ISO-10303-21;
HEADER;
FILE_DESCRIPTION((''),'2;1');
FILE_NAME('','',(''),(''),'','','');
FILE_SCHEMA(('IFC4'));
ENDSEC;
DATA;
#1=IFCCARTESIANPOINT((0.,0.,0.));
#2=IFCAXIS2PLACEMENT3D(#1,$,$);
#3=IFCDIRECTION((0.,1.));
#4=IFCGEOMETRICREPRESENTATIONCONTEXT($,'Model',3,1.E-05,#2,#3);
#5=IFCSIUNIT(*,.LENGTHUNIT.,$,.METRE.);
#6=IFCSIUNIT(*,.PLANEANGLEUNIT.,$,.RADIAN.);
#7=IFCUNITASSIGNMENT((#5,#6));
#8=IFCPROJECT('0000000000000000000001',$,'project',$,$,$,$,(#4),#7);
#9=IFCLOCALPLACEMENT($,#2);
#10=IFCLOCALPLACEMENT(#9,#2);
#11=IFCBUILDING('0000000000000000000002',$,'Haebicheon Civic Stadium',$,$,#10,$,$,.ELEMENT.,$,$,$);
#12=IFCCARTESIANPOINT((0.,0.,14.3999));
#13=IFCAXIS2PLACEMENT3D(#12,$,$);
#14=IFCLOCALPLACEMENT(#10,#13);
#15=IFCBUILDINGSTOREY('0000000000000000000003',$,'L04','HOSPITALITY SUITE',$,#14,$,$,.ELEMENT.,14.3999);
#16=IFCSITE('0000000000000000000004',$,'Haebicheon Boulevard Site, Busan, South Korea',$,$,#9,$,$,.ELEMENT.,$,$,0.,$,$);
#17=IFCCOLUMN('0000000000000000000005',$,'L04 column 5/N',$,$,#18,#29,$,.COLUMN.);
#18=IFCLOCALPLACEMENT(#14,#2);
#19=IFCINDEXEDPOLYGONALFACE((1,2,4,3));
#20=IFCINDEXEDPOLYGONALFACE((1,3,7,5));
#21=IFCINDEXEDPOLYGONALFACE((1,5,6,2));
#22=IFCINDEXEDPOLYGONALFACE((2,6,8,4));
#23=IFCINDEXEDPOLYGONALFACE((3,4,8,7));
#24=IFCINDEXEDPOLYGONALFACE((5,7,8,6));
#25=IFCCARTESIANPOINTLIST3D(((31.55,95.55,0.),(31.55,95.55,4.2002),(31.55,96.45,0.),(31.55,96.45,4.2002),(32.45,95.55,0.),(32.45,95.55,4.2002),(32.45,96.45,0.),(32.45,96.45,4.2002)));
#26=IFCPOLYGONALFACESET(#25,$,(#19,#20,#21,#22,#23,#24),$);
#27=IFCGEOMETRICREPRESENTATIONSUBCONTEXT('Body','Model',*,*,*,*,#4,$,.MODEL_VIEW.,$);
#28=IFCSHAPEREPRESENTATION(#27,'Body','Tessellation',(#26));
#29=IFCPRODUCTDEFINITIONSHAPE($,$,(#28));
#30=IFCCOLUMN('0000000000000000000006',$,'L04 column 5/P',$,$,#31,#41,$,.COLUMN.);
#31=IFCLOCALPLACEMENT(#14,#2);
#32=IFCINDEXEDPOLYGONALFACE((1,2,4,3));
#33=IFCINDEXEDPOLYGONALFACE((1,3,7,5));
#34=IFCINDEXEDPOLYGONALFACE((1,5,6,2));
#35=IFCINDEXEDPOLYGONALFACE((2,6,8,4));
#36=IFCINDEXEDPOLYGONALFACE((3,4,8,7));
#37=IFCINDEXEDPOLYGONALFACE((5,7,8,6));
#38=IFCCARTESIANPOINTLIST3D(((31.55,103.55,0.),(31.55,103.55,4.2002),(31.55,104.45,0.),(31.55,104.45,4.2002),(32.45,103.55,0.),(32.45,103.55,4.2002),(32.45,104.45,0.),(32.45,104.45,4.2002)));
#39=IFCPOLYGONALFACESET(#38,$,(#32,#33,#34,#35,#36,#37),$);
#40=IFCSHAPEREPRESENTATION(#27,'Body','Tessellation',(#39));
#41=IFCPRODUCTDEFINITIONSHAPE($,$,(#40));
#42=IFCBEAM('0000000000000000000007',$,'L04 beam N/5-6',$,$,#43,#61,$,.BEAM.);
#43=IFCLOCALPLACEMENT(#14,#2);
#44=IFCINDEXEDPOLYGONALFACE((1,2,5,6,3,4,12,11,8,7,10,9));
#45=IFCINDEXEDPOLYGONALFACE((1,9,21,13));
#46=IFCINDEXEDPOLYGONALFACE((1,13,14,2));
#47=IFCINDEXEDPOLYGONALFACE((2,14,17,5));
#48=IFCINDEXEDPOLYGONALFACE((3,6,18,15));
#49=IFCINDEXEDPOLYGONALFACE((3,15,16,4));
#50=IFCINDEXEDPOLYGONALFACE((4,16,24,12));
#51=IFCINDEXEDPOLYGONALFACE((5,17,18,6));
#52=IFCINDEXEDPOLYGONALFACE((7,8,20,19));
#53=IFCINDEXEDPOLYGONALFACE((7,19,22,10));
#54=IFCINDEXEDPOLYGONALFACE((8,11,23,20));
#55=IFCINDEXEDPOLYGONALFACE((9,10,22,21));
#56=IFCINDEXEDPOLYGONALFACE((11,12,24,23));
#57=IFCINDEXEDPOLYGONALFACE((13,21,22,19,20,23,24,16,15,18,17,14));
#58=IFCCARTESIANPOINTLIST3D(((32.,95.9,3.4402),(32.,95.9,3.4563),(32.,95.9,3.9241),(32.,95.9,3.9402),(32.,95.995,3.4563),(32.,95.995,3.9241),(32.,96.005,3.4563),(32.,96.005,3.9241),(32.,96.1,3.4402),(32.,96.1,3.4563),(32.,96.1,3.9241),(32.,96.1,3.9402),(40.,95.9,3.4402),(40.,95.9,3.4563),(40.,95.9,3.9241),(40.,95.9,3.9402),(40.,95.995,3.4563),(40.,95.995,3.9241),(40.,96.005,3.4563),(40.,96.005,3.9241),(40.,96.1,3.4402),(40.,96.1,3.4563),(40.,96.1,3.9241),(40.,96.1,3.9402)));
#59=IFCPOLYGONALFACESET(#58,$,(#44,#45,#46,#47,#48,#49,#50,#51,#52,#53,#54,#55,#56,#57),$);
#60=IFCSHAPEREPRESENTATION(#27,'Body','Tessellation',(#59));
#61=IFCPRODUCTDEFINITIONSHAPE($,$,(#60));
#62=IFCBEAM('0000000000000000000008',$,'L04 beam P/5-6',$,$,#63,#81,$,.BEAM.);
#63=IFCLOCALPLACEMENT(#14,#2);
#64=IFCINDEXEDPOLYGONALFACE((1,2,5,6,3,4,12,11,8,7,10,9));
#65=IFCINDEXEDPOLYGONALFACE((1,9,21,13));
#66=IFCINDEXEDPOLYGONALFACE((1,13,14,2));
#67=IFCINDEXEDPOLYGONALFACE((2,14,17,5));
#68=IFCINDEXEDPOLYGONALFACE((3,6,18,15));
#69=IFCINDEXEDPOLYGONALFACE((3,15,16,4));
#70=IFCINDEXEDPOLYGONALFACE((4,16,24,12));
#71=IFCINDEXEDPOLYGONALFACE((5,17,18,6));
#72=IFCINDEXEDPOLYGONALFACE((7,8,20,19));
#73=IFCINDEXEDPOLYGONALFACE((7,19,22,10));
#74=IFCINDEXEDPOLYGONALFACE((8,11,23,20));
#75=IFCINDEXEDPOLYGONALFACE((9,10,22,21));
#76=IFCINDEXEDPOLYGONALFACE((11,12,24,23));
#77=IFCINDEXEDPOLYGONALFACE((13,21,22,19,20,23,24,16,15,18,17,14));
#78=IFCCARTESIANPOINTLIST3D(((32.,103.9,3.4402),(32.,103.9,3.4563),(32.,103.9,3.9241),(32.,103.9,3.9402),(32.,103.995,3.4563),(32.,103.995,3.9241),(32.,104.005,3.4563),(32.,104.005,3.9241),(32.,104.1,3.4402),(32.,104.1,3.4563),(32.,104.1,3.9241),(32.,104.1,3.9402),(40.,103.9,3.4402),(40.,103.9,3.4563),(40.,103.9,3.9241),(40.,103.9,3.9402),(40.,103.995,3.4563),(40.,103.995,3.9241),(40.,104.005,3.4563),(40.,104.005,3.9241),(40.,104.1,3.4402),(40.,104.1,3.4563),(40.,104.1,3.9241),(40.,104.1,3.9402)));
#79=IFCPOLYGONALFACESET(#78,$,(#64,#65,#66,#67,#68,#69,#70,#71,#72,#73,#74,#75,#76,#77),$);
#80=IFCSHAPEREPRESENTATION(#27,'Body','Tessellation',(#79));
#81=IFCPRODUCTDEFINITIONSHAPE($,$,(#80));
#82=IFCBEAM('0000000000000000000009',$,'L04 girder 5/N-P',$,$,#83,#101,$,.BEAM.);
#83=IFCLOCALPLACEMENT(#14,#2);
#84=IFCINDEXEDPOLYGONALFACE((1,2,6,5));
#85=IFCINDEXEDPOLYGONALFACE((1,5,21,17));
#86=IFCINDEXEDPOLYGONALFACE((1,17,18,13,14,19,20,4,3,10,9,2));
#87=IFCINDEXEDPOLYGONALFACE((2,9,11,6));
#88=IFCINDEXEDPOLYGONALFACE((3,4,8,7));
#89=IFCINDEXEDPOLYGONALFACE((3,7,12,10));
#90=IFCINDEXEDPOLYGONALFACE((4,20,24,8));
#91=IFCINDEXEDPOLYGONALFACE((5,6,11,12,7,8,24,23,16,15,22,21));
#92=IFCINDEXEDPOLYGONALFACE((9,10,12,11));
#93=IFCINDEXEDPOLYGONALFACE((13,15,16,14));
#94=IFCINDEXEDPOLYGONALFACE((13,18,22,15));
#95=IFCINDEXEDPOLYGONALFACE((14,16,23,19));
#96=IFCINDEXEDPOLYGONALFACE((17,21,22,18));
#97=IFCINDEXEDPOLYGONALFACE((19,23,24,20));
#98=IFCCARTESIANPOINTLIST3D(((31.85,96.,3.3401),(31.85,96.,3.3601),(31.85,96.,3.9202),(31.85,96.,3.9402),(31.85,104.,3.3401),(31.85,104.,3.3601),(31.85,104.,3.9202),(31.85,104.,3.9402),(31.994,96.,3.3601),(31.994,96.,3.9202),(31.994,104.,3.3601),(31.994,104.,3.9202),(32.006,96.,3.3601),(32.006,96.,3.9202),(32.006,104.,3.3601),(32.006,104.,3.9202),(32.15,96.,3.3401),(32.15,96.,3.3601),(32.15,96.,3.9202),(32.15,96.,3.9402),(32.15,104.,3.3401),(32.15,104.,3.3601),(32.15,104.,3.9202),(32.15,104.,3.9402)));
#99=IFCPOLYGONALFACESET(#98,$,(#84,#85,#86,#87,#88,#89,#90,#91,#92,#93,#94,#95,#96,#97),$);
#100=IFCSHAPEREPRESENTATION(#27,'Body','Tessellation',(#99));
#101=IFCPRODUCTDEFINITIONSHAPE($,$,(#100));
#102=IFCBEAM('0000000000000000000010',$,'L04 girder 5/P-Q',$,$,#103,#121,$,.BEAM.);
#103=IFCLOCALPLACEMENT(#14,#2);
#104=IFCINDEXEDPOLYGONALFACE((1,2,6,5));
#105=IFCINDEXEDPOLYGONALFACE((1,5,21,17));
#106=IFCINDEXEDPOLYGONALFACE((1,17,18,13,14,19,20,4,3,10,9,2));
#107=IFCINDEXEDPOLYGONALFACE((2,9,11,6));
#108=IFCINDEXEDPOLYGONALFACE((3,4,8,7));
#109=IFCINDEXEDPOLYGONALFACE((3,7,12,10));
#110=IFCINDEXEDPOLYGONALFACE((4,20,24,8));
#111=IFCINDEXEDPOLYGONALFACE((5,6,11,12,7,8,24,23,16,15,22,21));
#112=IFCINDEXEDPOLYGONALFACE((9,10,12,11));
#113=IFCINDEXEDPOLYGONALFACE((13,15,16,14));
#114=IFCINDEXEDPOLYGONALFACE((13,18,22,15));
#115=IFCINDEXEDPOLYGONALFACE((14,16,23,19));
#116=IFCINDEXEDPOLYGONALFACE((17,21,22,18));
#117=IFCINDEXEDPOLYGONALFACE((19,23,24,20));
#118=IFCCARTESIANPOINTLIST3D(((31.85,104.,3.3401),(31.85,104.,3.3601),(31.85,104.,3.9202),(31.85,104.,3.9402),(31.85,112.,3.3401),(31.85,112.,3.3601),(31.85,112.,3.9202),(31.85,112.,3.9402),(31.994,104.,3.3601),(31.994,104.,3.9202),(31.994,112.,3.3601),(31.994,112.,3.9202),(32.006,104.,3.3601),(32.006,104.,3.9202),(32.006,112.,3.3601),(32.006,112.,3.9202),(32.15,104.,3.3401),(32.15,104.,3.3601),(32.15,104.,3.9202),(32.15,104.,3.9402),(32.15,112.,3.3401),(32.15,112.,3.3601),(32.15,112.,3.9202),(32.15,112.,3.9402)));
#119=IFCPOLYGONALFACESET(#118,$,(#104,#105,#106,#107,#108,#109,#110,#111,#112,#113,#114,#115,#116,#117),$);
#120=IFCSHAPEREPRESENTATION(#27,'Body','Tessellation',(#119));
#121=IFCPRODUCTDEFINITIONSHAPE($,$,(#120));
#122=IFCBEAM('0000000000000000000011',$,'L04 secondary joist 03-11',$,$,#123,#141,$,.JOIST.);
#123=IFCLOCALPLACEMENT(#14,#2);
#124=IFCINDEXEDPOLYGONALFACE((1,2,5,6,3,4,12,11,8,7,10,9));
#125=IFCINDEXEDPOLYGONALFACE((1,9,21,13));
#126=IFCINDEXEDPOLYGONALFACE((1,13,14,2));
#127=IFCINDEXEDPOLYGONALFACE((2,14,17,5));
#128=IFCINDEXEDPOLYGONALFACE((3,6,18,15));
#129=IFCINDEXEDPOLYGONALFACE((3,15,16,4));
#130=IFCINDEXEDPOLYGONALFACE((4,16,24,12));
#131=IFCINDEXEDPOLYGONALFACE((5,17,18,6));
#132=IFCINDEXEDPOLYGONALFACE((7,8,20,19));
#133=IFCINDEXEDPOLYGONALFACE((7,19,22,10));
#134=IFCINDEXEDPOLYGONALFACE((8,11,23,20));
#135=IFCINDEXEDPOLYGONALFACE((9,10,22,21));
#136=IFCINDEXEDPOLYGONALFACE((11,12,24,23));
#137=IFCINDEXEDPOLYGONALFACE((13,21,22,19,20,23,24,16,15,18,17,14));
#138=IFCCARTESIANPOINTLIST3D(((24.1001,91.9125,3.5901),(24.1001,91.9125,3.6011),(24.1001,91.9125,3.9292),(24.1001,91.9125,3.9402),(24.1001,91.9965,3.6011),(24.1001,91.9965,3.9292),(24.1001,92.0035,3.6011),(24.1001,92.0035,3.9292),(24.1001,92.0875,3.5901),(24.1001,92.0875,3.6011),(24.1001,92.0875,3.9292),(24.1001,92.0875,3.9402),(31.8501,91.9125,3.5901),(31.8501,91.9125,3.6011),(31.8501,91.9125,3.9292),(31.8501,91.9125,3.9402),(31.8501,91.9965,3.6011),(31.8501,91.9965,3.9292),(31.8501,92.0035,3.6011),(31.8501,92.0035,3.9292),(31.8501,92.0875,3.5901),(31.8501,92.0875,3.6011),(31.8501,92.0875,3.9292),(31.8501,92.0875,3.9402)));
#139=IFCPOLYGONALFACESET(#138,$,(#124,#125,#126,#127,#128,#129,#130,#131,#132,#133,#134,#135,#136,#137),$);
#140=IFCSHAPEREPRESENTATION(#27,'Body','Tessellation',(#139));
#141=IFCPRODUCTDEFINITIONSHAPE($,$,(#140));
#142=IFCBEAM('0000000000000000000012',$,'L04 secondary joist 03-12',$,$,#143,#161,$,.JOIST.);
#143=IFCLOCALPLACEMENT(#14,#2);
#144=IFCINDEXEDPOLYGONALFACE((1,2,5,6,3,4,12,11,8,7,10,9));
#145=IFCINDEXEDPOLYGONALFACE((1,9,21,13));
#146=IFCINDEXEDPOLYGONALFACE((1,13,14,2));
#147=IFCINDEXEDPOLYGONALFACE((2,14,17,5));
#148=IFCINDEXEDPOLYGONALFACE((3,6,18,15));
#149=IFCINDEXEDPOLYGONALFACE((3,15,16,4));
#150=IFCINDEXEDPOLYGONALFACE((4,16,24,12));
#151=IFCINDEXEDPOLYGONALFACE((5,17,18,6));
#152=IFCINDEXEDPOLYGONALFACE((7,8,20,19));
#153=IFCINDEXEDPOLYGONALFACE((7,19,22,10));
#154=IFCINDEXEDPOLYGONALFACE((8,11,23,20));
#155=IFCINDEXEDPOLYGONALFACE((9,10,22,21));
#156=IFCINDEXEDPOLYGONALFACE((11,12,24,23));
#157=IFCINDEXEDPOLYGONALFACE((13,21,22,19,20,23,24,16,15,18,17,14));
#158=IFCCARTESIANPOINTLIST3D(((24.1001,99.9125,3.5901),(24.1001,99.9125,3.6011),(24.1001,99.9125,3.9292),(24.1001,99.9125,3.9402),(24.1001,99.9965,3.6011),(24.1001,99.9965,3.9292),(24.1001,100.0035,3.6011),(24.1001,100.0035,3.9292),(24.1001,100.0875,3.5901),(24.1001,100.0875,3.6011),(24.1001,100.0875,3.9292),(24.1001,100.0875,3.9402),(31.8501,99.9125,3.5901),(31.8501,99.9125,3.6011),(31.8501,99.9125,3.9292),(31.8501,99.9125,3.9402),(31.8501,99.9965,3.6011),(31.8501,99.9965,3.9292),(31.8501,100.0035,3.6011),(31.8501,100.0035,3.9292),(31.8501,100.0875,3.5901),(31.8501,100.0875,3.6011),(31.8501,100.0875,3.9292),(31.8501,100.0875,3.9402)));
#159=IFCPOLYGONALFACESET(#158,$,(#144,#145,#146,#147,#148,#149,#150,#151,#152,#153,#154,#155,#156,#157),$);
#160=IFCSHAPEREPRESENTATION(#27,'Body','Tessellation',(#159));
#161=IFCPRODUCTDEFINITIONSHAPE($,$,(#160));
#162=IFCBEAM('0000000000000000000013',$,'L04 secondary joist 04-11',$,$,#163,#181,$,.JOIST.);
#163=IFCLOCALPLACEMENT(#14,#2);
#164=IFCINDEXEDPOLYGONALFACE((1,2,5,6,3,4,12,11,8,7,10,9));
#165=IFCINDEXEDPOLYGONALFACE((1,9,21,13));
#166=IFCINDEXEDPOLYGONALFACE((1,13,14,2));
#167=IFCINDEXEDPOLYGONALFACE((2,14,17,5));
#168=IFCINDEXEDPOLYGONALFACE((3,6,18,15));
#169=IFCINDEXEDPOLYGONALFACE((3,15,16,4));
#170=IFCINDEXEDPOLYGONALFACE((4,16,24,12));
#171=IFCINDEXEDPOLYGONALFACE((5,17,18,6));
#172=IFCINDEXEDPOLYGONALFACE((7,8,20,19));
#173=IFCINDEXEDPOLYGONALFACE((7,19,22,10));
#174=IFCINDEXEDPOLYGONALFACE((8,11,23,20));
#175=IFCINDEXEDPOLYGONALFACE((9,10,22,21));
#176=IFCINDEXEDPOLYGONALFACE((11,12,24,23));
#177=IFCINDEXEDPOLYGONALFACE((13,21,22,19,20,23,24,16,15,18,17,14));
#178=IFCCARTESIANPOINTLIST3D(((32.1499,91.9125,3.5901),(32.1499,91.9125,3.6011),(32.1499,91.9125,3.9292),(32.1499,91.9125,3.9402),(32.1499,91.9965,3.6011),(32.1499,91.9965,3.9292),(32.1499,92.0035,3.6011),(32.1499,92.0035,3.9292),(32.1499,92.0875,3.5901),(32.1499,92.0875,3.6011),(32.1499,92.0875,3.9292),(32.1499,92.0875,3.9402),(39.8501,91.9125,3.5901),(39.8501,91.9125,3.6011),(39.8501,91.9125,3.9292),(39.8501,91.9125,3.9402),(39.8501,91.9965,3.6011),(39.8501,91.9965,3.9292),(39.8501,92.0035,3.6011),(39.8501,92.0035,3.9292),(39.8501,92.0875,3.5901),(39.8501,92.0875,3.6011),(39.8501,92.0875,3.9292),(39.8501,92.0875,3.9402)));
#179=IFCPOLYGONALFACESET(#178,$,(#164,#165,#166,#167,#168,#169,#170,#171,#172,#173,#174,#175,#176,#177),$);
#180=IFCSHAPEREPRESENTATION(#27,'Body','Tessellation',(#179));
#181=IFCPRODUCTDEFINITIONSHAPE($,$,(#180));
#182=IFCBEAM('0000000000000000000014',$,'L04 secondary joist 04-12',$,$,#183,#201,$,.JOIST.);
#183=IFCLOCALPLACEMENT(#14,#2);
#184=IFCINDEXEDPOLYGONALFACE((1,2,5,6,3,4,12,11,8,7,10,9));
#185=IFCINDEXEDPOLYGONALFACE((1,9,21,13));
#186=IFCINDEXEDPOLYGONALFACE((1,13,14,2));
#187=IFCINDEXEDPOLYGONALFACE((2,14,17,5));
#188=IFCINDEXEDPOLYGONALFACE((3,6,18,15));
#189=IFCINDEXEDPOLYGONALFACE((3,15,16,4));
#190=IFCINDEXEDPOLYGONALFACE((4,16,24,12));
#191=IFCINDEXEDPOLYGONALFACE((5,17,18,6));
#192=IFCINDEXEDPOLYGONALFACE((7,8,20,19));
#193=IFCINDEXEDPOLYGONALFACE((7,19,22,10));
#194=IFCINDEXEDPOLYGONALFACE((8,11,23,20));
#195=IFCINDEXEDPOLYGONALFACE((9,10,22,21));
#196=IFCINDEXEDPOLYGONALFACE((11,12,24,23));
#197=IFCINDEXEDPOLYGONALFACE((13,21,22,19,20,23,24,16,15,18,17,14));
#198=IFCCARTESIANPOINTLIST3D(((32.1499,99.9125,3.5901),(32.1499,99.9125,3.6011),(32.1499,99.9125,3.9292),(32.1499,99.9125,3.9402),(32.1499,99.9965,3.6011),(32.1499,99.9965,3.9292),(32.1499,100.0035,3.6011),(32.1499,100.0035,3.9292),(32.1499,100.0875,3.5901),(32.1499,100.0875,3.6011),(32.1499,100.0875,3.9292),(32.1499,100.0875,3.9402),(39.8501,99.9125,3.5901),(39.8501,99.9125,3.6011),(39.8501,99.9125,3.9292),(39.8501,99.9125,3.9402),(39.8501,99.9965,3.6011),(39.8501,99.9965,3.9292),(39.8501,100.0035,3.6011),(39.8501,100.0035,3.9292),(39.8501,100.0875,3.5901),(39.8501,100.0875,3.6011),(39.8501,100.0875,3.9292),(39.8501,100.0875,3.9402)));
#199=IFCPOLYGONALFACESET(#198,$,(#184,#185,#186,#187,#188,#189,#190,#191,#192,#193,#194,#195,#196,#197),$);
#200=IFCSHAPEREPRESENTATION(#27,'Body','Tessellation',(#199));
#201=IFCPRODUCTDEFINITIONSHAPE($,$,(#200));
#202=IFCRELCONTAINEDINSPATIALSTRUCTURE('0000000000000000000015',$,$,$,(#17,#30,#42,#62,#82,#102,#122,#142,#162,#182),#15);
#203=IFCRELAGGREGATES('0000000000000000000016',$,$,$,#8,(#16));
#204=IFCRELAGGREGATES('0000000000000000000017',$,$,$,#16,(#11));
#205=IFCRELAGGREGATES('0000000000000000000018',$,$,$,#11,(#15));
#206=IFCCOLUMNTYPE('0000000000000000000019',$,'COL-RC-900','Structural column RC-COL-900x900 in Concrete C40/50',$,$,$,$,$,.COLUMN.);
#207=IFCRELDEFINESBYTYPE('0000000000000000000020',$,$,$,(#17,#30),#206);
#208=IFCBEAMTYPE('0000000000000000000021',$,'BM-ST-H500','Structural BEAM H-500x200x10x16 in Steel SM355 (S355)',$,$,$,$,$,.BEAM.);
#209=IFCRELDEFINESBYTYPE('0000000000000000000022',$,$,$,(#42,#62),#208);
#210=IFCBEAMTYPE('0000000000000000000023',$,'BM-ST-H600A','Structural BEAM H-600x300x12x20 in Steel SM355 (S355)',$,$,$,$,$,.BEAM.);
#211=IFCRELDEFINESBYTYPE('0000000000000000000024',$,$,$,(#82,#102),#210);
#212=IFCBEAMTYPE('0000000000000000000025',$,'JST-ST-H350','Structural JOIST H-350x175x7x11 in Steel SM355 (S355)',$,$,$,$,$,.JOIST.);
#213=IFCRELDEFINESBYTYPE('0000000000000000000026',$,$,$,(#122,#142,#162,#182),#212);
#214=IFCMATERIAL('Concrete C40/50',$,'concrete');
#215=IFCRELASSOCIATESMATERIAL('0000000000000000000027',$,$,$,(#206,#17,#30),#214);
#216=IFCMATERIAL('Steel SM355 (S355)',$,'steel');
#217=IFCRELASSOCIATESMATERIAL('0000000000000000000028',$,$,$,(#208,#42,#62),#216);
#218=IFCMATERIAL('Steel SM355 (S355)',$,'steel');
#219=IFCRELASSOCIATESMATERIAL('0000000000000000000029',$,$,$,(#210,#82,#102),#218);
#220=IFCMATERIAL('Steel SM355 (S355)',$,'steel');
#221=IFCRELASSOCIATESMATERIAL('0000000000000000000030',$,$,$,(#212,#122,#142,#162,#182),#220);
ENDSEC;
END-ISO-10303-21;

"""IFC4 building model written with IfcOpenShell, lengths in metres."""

from ifc_helpers import new_model, si_unit, direction, frame, origin, origin_2d, place, context, subcontext, project, spatial, rectangle, i_section, extrude, material, material_profile, profile_set, type_object, element, save


model = new_model("IFC4")

# Units and contexts
model_context = context("Model", 3, precision=1e-05, world=origin(), true_north=direction((0.0, 1.0)))
body_context = subcontext(model_context, "Body", "Model", "MODEL_VIEW")
ifc_project = project(units=[si_unit("LENGTHUNIT", "METRE"), si_unit("PLANEANGLEUNIT", "RADIAN")], contexts=[model_context])

# Site, building, storey
site_placement = place(None, origin())
site = spatial("IfcSite", under=ifc_project, at=site_placement, Name="Haebicheon Boulevard Site, Busan, South Korea", CompositionType="ELEMENT", RefElevation=0.0)
building_placement = place(site_placement, origin())
building = spatial("IfcBuilding", under=site, at=building_placement, Name="Haebicheon Civic Stadium", CompositionType="ELEMENT")
storey_placement = place(building_placement, frame((0.0, 0.0, 14.3999)))
storey = spatial("IfcBuildingStorey", under=building, at=storey_placement, Name="L04", Description="HOSPITALITY SUITE", CompositionType="ELEMENT", Elevation=14.3999)

# Columns
ifc_material_1 = material(Name="Concrete C40/50", Category="concrete")
ifc_material_profile_1 = material_profile(ifc_material_1, rectangle(XDim=0.8999, YDim=0.8999, at=origin_2d()), Name="RC-COL-900x900")
ifc_profile_set_1 = profile_set([ifc_material_profile_1], Name="Concrete C40/50")
column_type = type_object("IfcColumnType", Name="COL-RC-900", Description="Structural column RC-COL-900x900 in Concrete C40/50", PredefinedType="COLUMN", material=ifc_profile_set_1)
for number, where, z_axis, x_axis, name in (
    (1, (32.0, 96.0, 0.0), (0.0, 0.0, 1.0), (1.0, 0.0, 0.0), "L04 column 5/N"),
    (2, (32.0, 104.0, 0.0), (0.0, 0.0, 1.0), (1.0, 0.0, 0.0), "L04 column 5/P"),
):
    element("IfcColumn", number, at=place(storey_placement, frame(where, z_axis=z_axis, x_axis=x_axis)), inside=storey, type_object=column_type, material=ifc_profile_set_1, Name=name, PredefinedType="COLUMN", context=body_context, shape_type="SweptSolid", body=[
        extrude(rectangle(XDim=0.8999, YDim=0.8999, at=origin_2d()), origin(), (0.0, 0.0, 1.0), 4.2002),
    ])

# Beams
ifc_material_2 = material(Name="Steel SM355 (S355)", Category="steel")
ifc_material_profile_2 = material_profile(ifc_material_2, i_section(OverallWidth=0.2, OverallDepth=0.5, WebThickness=0.01, FlangeThickness=0.0161, at=origin_2d()), Name="H-500x200x10x16")
ifc_profile_set_2 = profile_set([ifc_material_profile_2], Name="Steel SM355 (S355)")
beam_type_1 = type_object("IfcBeamType", Name="BM-ST-H500", Description="Structural BEAM H-500x200x10x16 in Steel SM355 (S355)", PredefinedType="BEAM", material=ifc_profile_set_2)
for number, where, z_axis, x_axis, name in (
    (3, (32.0, 96.0, 3.6902), (1.0, 0.0, 0.0), (0.0, 1.0, 0.0), "L04 beam N/5-6"),
    (4, (32.0, 104.0, 3.6902), (1.0, 0.0, 0.0), (0.0, 1.0, 0.0), "L04 beam P/5-6"),
):
    element("IfcBeam", number, at=place(storey_placement, frame(where, z_axis=z_axis, x_axis=x_axis)), inside=storey, type_object=beam_type_1, material=ifc_profile_set_2, Name=name, PredefinedType="BEAM", context=body_context, shape_type="SweptSolid", body=[
        extrude(i_section(OverallWidth=0.2, OverallDepth=0.5, WebThickness=0.01, FlangeThickness=0.0161, at=origin_2d()), origin(), (0.0, 0.0, 1.0), 8.0),
    ])
ifc_material_3 = material(Name="Steel SM355 (S355)", Category="steel")
ifc_material_profile_3 = material_profile(ifc_material_3, i_section(OverallWidth=0.3, OverallDepth=0.6001, WebThickness=0.012, FlangeThickness=0.02, at=origin_2d()), Name="H-600x300x12x20")
ifc_profile_set_3 = profile_set([ifc_material_profile_3], Name="Steel SM355 (S355)")
beam_type_2 = type_object("IfcBeamType", Name="BM-ST-H600A", Description="Structural BEAM H-600x300x12x20 in Steel SM355 (S355)", PredefinedType="BEAM", material=ifc_profile_set_3)
for number, where, z_axis, x_axis, name in (
    (5, (32.0, 96.0, 3.6401), (0.0, 1.0, 0.0), (-1.0, 0.0, 0.0), "L04 girder 5/N-P"),
    (6, (32.0, 104.0, 3.6401), (0.0, 1.0, 0.0), (-1.0, 0.0, 0.0), "L04 girder 5/P-Q"),
):
    element("IfcBeam", number, at=place(storey_placement, frame(where, z_axis=z_axis, x_axis=x_axis)), inside=storey, type_object=beam_type_2, material=ifc_profile_set_3, Name=name, PredefinedType="BEAM", context=body_context, shape_type="SweptSolid", body=[
        extrude(i_section(OverallWidth=0.3, OverallDepth=0.6001, WebThickness=0.012, FlangeThickness=0.02, at=origin_2d()), origin(), (0.0, 0.0, 1.0), 8.0),
    ])
ifc_material_4 = material(Name="Steel SM355 (S355)", Category="steel")
ifc_material_profile_4 = material_profile(ifc_material_4, i_section(OverallWidth=0.175, OverallDepth=0.3501, WebThickness=0.0071, FlangeThickness=0.011, at=origin_2d()), Name="H-350x175x7x11")
ifc_profile_set_4 = profile_set([ifc_material_profile_4], Name="Steel SM355 (S355)")
beam_type_3 = type_object("IfcBeamType", Name="JST-ST-H350", Description="Structural JOIST H-350x175x7x11 in Steel SM355 (S355)", PredefinedType="JOIST", material=ifc_profile_set_4)
for number, where, z_axis, x_axis, name in (
    (7, (24.1001, 92.0, 3.7651), (1.0, 0.0, 0.0), (0.0, 1.0, 0.0), "L04 secondary joist 03-11"),
    (8, (24.1001, 100.0, 3.7651), (1.0, 0.0, 0.0), (0.0, 1.0, 0.0), "L04 secondary joist 03-12"),
):
    element("IfcBeam", number, at=place(storey_placement, frame(where, z_axis=z_axis, x_axis=x_axis)), inside=storey, type_object=beam_type_3, material=ifc_profile_set_4, Name=name, PredefinedType="JOIST", context=body_context, shape_type="SweptSolid", body=[
        extrude(i_section(OverallWidth=0.175, OverallDepth=0.3501, WebThickness=0.0071, FlangeThickness=0.011, at=origin_2d()), origin(), (0.0, 0.0, 1.0), 7.75),
    ])
for number, where, z_axis, x_axis, name in (
    (9, (32.1499, 92.0, 3.7651), (1.0, 0.0, 0.0), (0.0, 1.0, 0.0), "L04 secondary joist 04-11"),
    (10, (32.1499, 100.0, 3.7651), (1.0, 0.0, 0.0), (0.0, 1.0, 0.0), "L04 secondary joist 04-12"),
):
    element("IfcBeam", number, at=place(storey_placement, frame(where, z_axis=z_axis, x_axis=x_axis)), inside=storey, type_object=beam_type_3, material=ifc_profile_set_4, Name=name, PredefinedType="JOIST", context=body_context, shape_type="SweptSolid", body=[
        extrude(i_section(OverallWidth=0.175, OverallDepth=0.3501, WebThickness=0.0071, FlangeThickness=0.011, at=origin_2d()), origin(), (0.0, 0.0, 1.0), 7.7002),
    ])

save(model, "model.ifc")
